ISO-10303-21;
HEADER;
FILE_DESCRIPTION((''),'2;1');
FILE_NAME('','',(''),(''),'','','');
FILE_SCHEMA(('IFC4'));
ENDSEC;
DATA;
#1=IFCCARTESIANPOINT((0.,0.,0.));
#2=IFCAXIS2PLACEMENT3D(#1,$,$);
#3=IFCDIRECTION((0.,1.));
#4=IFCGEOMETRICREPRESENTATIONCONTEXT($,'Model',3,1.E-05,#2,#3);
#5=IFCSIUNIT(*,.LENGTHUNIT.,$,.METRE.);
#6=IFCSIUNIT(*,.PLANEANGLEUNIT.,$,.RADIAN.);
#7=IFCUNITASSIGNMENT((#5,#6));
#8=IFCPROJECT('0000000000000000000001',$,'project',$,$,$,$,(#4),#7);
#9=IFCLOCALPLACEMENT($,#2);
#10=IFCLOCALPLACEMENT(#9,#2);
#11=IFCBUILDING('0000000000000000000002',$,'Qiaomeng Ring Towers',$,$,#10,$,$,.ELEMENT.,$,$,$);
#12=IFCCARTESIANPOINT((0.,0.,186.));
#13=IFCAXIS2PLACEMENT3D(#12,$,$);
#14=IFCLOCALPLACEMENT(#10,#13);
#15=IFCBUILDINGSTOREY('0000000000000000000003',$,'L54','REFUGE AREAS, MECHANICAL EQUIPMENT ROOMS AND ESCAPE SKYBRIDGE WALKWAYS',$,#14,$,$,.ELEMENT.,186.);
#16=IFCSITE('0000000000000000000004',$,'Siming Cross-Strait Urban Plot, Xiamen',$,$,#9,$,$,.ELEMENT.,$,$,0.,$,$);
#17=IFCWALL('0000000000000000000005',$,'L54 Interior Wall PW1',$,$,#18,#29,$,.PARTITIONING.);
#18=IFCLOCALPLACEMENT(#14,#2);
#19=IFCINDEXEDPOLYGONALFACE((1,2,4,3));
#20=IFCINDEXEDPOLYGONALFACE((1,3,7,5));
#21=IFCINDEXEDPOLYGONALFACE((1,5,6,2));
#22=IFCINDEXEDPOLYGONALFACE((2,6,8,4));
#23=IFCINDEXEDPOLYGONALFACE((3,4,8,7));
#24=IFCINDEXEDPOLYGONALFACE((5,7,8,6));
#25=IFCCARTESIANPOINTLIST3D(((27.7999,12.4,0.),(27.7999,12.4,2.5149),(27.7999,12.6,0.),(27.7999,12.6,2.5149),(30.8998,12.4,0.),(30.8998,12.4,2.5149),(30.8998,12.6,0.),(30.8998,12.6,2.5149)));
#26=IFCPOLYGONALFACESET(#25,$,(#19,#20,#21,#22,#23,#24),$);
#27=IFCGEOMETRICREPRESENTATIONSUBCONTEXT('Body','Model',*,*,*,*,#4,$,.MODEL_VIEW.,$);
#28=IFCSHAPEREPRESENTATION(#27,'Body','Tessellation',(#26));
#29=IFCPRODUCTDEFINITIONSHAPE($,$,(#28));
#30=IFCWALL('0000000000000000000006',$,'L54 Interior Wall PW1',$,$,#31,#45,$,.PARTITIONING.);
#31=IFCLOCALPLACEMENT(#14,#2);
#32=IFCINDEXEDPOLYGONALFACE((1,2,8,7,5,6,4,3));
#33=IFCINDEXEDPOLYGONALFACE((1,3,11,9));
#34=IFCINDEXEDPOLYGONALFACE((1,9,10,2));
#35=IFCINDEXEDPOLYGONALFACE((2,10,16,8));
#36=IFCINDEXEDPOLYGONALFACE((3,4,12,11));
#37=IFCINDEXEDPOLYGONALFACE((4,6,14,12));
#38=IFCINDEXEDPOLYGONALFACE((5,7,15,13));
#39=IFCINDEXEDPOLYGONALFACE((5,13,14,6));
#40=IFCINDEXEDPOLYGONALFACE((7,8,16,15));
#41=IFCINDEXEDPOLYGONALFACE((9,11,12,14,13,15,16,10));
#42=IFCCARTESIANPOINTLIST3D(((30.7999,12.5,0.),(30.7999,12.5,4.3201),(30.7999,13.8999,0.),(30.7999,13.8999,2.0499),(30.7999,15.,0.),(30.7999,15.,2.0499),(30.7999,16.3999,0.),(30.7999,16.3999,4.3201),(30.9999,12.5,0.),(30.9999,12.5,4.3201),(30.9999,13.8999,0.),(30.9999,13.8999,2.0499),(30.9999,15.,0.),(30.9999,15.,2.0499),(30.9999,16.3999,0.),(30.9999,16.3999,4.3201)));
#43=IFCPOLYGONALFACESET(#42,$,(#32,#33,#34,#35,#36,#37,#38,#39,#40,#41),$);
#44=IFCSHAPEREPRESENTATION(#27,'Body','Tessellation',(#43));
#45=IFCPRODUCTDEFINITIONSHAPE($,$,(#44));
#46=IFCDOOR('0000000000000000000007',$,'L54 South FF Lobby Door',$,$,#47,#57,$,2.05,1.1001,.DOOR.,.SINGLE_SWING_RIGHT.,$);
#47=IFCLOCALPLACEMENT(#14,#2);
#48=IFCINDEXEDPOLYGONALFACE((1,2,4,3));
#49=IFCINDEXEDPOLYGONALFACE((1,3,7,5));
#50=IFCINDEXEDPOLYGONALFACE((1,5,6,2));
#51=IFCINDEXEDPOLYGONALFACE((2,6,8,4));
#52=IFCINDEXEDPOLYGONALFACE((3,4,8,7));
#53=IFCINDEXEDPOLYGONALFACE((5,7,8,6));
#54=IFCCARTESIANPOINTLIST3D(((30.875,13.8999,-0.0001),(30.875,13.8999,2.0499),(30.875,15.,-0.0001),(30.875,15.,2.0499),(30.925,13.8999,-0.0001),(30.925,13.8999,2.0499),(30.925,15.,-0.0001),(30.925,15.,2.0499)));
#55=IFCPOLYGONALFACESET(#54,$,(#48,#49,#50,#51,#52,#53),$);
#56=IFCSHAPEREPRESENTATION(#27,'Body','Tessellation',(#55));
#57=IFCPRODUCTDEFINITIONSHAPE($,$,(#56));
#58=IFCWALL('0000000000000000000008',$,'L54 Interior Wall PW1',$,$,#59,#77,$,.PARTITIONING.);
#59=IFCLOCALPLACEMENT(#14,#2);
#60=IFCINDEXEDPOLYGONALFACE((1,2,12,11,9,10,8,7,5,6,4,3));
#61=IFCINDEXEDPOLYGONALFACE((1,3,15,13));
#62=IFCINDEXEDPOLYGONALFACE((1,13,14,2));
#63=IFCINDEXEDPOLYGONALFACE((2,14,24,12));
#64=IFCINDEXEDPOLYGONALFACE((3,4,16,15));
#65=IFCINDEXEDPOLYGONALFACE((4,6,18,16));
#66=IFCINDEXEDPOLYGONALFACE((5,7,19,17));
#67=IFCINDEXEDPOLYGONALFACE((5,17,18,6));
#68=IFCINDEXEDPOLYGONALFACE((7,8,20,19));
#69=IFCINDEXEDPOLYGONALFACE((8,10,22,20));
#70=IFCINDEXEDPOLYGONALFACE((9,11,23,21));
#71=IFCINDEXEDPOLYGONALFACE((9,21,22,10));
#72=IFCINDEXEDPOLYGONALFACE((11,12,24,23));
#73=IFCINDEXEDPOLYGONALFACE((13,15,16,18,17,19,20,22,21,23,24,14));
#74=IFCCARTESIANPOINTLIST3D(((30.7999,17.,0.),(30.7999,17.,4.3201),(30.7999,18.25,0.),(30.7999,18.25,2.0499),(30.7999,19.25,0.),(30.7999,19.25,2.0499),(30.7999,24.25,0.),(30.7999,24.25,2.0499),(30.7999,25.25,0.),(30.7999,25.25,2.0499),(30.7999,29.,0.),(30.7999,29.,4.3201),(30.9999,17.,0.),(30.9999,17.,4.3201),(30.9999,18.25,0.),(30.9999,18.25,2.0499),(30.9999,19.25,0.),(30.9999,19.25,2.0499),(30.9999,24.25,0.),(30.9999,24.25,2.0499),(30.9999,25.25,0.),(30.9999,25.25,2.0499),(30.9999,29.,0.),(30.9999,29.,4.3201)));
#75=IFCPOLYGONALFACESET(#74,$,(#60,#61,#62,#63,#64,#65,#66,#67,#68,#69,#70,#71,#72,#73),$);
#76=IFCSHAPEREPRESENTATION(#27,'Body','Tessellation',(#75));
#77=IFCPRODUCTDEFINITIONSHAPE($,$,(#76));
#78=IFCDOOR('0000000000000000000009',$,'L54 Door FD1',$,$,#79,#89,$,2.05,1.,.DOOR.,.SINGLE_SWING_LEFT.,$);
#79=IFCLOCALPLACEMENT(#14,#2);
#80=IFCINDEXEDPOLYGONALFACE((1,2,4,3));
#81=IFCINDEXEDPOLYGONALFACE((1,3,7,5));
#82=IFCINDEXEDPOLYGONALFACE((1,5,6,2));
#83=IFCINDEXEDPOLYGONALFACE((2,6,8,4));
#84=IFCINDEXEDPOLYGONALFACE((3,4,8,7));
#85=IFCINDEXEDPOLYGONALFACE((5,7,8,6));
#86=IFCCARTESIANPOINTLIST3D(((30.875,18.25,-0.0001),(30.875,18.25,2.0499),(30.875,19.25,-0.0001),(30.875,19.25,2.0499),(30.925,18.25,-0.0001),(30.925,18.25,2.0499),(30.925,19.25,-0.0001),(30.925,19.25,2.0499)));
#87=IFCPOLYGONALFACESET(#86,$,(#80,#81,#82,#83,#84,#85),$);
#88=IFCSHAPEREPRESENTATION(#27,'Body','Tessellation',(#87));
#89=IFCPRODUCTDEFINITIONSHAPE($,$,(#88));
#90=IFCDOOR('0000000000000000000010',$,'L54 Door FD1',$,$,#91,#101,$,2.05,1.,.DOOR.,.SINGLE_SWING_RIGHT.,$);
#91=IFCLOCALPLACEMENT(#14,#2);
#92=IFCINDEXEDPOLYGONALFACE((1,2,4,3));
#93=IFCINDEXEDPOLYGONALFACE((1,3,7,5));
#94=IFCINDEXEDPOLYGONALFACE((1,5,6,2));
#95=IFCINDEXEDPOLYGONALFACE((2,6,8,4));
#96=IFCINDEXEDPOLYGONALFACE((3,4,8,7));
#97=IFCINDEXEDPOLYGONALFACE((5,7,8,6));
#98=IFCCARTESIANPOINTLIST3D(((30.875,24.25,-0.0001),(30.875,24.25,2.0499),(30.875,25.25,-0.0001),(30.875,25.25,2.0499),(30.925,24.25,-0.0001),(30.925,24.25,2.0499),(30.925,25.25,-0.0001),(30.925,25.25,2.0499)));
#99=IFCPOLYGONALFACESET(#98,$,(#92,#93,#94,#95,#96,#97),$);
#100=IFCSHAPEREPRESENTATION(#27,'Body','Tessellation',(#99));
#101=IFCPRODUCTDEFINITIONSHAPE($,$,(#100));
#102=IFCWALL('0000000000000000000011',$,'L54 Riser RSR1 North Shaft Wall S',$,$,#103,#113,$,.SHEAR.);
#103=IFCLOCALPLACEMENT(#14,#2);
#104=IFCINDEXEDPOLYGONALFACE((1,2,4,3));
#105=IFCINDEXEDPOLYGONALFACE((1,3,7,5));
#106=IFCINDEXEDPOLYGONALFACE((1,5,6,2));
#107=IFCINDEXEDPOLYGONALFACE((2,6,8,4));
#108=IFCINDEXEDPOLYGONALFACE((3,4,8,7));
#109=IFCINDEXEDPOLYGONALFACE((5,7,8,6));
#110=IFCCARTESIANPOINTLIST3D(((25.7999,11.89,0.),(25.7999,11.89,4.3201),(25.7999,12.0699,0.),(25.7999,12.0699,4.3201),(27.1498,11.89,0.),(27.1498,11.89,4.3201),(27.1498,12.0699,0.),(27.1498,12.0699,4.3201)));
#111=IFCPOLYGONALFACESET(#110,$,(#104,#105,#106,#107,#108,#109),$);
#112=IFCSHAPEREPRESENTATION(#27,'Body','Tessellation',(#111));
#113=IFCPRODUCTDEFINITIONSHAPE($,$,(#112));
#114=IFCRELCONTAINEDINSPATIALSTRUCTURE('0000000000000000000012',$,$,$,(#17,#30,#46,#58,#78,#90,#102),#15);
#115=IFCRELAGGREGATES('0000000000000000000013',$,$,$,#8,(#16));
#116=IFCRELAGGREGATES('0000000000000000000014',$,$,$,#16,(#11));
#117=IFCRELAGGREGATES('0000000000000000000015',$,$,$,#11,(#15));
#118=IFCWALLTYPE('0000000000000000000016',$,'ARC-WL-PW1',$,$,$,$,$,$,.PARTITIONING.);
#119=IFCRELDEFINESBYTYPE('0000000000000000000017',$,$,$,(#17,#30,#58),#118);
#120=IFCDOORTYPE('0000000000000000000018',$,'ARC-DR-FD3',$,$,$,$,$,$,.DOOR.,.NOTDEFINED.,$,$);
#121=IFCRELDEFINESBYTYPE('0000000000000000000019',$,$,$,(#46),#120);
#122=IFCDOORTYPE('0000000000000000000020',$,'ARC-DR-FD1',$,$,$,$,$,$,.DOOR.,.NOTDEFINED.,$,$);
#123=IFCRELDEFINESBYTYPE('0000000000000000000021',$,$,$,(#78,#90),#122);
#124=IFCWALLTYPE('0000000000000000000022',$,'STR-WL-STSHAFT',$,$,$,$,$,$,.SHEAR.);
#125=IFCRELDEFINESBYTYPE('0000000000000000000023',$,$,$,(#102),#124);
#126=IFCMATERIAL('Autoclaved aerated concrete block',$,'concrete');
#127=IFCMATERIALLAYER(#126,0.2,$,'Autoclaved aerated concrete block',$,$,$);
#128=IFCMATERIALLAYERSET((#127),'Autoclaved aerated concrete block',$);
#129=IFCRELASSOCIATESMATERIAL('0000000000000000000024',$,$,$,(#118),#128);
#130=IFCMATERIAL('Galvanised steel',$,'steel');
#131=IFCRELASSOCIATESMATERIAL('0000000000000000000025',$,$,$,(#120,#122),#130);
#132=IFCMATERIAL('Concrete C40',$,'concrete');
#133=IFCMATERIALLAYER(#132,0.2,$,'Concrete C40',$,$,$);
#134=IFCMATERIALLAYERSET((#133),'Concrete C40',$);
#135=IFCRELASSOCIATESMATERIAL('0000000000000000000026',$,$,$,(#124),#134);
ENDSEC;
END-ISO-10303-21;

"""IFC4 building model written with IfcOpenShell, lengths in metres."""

from ifc_helpers import new_model, si_unit, direction, frame, frame_2d, origin, place, context, subcontext, project, spatial, rectangle, extrude, source, transform, mapped, material, layer, layer_set, type_object, element, fill, save


model = new_model("IFC4")

# Units and contexts
model_context = context("Model", 3, precision=1e-05, world=origin(), true_north=direction((0.0, 1.0)))
body_context = subcontext(model_context, "Body", "Model", "MODEL_VIEW")
ifc_project = project(units=[si_unit("LENGTHUNIT", "METRE"), si_unit("PLANEANGLEUNIT", "RADIAN")], contexts=[model_context])

# Site, building, storey
site_placement = place(None, origin())
site = spatial("IfcSite", under=ifc_project, at=site_placement, Name="Siming Cross-Strait Urban Plot, Xiamen", CompositionType="ELEMENT", RefElevation=0.0)
building_placement = place(site_placement, origin())
building = spatial("IfcBuilding", under=site, at=building_placement, Name="Qiaomeng Ring Towers", CompositionType="ELEMENT")
storey_placement = place(building_placement, frame((0.0, 0.0, 186.0)))
storey = spatial("IfcBuildingStorey", under=building, at=storey_placement, Name="L54", Description="REFUGE AREAS, MECHANICAL EQUIPMENT ROOMS AND ESCAPE SKYBRIDGE WALKWAYS", CompositionType="ELEMENT", Elevation=186.0)

# Wall
ifc_material_1 = material(Name="Autoclaved aerated concrete block", Category="concrete")
ifc_layer_1 = layer(ifc_material_1, 0.2, Name="Autoclaved aerated concrete block")
ifc_layer_set_1 = layer_set([ifc_layer_1], Name="Autoclaved aerated concrete block")
wall_type_1 = type_object("IfcWallType", Name="ARC-WL-PW1", PredefinedType="PARTITIONING", material=ifc_layer_set_1)
wall_1_placement = place(storey_placement, frame((27.8, 12.5, 0.0), z_axis=(0.0, 0.0, 1.0), x_axis=(1.0, 0.0, 0.0)))
element("IfcWall", 1, at=wall_1_placement, inside=storey, type_object=wall_type_1, Name="L54 Interior Wall PW1", PredefinedType="PARTITIONING", context=body_context, shape_type="SweptSolid", body=[
    extrude(rectangle(XDim=3.0999, YDim=0.2, at=frame_2d((1.5498, 0.0))), origin(), (0.0, 0.0, 1.0), 2.5149),
])

# Wall, opening, door
wall_2_placement = place(storey_placement, frame((30.8999, 12.5, 0.0), z_axis=(0.0, 0.0, 1.0), x_axis=(0.0, 1.0, 0.0)))
wall_2 = element("IfcWall", 2, at=wall_2_placement, inside=storey, type_object=wall_type_1, Name="L54 Interior Wall PW1", PredefinedType="PARTITIONING", context=body_context, shape_type="SweptSolid", body=[
    extrude(rectangle(XDim=3.8999, YDim=0.2, at=frame_2d((1.95, 0.0))), origin(), (0.0, 0.0, 1.0), 4.3201),
])
opening_1_placement = place(wall_2_placement, frame((1.3999, 0.0, 0.0)))
opening_1 = element("IfcOpeningElement", 3, at=opening_1_placement, cuts=wall_2, PredefinedType="OPENING", context=body_context, shape_type="SweptSolid", body=[
    extrude(rectangle(XDim=1.1001, YDim=2.05, at=frame_2d((0.55, 1.0249))), frame((0.0, 0.1099, 0.0), z_axis=(0.0, -1.0, 0.0), x_axis=(1.0, 0.0, 0.0)), (0.0, 0.0, 1.0), 0.22),
])
ifc_material_2 = material(Name="Galvanised steel", Category="steel")
door_type_1 = type_object("IfcDoorType", Name="ARC-DR-FD3", OperationType="NOTDEFINED", PredefinedType="DOOR", material=ifc_material_2)
shared_shape_1 = source(origin(), body_context, "Body", "SweptSolid", [
    extrude(rectangle(XDim=1.1001, YDim=2.05, at=frame_2d((0.55, 1.0249))), frame((0.0, 0.0249, 0.0), z_axis=(0.0, -1.0, 0.0), x_axis=(1.0, 0.0, 0.0)), (0.0, 0.0, 1.0), 0.05),
])
door_1_placement = place(opening_1_placement, origin())
door_1 = element("IfcDoor", 4, at=door_1_placement, inside=storey, type_object=door_type_1, Name="L54 South FF Lobby Door", OperationType="SINGLE_SWING_RIGHT", OverallHeight=2.05, OverallWidth=1.1001, PredefinedType="DOOR", context=body_context, shape_type="MappedRepresentation", body=[
    mapped(shared_shape_1, transform((0.0, 0.0, 0.0), x_axis=(1.0, 0.0, 0.0), y_axis=(0.0, 1.0, 0.0), z_axis=(0.0, 0.0, 1.0), scale=1.0)),
])
fill(opening_1, door_1)

# Wall, openings, doors
wall_3_placement = place(storey_placement, frame((30.8999, 17.0, 0.0), z_axis=(0.0, 0.0, 1.0), x_axis=(0.0, 1.0, 0.0)))
wall_3 = element("IfcWall", 5, at=wall_3_placement, inside=storey, type_object=wall_type_1, Name="L54 Interior Wall PW1", PredefinedType="PARTITIONING", context=body_context, shape_type="SweptSolid", body=[
    extrude(rectangle(XDim=12.0, YDim=0.2, at=frame_2d((6.0, 0.0))), origin(), (0.0, 0.0, 1.0), 4.3201),
])
opening_2_placement = place(wall_3_placement, frame((1.25, 0.0, 0.0)))
opening_2 = element("IfcOpeningElement", 6, at=opening_2_placement, cuts=wall_3, PredefinedType="OPENING", context=body_context, shape_type="SweptSolid", body=[
    extrude(rectangle(XDim=1.0, YDim=2.05, at=frame_2d((0.5, 1.0249))), frame((0.0, 0.1099, 0.0), z_axis=(0.0, -1.0, 0.0), x_axis=(1.0, 0.0, 0.0)), (0.0, 0.0, 1.0), 0.22),
])
opening_3_placement = place(wall_3_placement, frame((7.25, 0.0, 0.0)))
opening_3 = element("IfcOpeningElement", 7, at=opening_3_placement, cuts=wall_3, PredefinedType="OPENING", context=body_context, shape_type="SweptSolid", body=[
    extrude(rectangle(XDim=1.0, YDim=2.05, at=frame_2d((0.5, 1.0249))), frame((0.0, 0.1099, 0.0), z_axis=(0.0, -1.0, 0.0), x_axis=(1.0, 0.0, 0.0)), (0.0, 0.0, 1.0), 0.22),
])
door_type_2 = type_object("IfcDoorType", Name="ARC-DR-FD1", OperationType="NOTDEFINED", PredefinedType="DOOR", material=ifc_material_2)
shared_shape_2 = source(origin(), body_context, "Body", "SweptSolid", [
    extrude(rectangle(XDim=1.0, YDim=2.05, at=frame_2d((0.5, 1.0249))), frame((0.0, 0.0249, 0.0), z_axis=(0.0, -1.0, 0.0), x_axis=(1.0, 0.0, 0.0)), (0.0, 0.0, 1.0), 0.05),
])
door_2_placement = place(opening_2_placement, origin())
door_2 = element("IfcDoor", 8, at=door_2_placement, inside=storey, type_object=door_type_2, Name="L54 Door FD1", OperationType="SINGLE_SWING_LEFT", OverallHeight=2.05, OverallWidth=1.0, PredefinedType="DOOR", context=body_context, shape_type="MappedRepresentation", body=[
    mapped(shared_shape_2, transform((0.0, 0.0, 0.0), x_axis=(1.0, 0.0, 0.0), y_axis=(0.0, 1.0, 0.0), z_axis=(0.0, 0.0, 1.0), scale=1.0)),
])
fill(opening_2, door_2)
door_3_placement = place(opening_3_placement, origin())
door_3 = element("IfcDoor", 9, at=door_3_placement, inside=storey, type_object=door_type_2, Name="L54 Door FD1", OperationType="SINGLE_SWING_RIGHT", OverallHeight=2.05, OverallWidth=1.0, PredefinedType="DOOR", context=body_context, shape_type="MappedRepresentation", body=[
    mapped(shared_shape_2, transform((0.0, 0.0, 0.0), x_axis=(1.0, 0.0, 0.0), y_axis=(0.0, 1.0, 0.0), z_axis=(0.0, 0.0, 1.0), scale=1.0)),
])
fill(opening_3, door_3)

# Wall
ifc_material_3 = material(Name="Concrete C40", Category="concrete")
ifc_layer_2 = layer(ifc_material_3, 0.2, Name="Concrete C40")
ifc_layer_set_2 = layer_set([ifc_layer_2], Name="Concrete C40")
wall_type_2 = type_object("IfcWallType", Name="STR-WL-STSHAFT", PredefinedType="SHEAR", material=ifc_layer_set_2)
wall_4_placement = place(storey_placement, frame((25.8, 11.98, 0.0), z_axis=(0.0, 0.0, 1.0), x_axis=(1.0, 0.0, 0.0)))
element("IfcWall", 10, at=wall_4_placement, inside=storey, type_object=wall_type_2, Name="L54 Riser RSR1 North Shaft Wall S", PredefinedType="SHEAR", context=body_context, shape_type="SweptSolid", body=[
    extrude(rectangle(XDim=1.3499, YDim=0.1799, at=frame_2d((0.6748, 0.0))), origin(), (0.0, 0.0, 1.0), 4.3201),
])

save(model, "model.ifc")
